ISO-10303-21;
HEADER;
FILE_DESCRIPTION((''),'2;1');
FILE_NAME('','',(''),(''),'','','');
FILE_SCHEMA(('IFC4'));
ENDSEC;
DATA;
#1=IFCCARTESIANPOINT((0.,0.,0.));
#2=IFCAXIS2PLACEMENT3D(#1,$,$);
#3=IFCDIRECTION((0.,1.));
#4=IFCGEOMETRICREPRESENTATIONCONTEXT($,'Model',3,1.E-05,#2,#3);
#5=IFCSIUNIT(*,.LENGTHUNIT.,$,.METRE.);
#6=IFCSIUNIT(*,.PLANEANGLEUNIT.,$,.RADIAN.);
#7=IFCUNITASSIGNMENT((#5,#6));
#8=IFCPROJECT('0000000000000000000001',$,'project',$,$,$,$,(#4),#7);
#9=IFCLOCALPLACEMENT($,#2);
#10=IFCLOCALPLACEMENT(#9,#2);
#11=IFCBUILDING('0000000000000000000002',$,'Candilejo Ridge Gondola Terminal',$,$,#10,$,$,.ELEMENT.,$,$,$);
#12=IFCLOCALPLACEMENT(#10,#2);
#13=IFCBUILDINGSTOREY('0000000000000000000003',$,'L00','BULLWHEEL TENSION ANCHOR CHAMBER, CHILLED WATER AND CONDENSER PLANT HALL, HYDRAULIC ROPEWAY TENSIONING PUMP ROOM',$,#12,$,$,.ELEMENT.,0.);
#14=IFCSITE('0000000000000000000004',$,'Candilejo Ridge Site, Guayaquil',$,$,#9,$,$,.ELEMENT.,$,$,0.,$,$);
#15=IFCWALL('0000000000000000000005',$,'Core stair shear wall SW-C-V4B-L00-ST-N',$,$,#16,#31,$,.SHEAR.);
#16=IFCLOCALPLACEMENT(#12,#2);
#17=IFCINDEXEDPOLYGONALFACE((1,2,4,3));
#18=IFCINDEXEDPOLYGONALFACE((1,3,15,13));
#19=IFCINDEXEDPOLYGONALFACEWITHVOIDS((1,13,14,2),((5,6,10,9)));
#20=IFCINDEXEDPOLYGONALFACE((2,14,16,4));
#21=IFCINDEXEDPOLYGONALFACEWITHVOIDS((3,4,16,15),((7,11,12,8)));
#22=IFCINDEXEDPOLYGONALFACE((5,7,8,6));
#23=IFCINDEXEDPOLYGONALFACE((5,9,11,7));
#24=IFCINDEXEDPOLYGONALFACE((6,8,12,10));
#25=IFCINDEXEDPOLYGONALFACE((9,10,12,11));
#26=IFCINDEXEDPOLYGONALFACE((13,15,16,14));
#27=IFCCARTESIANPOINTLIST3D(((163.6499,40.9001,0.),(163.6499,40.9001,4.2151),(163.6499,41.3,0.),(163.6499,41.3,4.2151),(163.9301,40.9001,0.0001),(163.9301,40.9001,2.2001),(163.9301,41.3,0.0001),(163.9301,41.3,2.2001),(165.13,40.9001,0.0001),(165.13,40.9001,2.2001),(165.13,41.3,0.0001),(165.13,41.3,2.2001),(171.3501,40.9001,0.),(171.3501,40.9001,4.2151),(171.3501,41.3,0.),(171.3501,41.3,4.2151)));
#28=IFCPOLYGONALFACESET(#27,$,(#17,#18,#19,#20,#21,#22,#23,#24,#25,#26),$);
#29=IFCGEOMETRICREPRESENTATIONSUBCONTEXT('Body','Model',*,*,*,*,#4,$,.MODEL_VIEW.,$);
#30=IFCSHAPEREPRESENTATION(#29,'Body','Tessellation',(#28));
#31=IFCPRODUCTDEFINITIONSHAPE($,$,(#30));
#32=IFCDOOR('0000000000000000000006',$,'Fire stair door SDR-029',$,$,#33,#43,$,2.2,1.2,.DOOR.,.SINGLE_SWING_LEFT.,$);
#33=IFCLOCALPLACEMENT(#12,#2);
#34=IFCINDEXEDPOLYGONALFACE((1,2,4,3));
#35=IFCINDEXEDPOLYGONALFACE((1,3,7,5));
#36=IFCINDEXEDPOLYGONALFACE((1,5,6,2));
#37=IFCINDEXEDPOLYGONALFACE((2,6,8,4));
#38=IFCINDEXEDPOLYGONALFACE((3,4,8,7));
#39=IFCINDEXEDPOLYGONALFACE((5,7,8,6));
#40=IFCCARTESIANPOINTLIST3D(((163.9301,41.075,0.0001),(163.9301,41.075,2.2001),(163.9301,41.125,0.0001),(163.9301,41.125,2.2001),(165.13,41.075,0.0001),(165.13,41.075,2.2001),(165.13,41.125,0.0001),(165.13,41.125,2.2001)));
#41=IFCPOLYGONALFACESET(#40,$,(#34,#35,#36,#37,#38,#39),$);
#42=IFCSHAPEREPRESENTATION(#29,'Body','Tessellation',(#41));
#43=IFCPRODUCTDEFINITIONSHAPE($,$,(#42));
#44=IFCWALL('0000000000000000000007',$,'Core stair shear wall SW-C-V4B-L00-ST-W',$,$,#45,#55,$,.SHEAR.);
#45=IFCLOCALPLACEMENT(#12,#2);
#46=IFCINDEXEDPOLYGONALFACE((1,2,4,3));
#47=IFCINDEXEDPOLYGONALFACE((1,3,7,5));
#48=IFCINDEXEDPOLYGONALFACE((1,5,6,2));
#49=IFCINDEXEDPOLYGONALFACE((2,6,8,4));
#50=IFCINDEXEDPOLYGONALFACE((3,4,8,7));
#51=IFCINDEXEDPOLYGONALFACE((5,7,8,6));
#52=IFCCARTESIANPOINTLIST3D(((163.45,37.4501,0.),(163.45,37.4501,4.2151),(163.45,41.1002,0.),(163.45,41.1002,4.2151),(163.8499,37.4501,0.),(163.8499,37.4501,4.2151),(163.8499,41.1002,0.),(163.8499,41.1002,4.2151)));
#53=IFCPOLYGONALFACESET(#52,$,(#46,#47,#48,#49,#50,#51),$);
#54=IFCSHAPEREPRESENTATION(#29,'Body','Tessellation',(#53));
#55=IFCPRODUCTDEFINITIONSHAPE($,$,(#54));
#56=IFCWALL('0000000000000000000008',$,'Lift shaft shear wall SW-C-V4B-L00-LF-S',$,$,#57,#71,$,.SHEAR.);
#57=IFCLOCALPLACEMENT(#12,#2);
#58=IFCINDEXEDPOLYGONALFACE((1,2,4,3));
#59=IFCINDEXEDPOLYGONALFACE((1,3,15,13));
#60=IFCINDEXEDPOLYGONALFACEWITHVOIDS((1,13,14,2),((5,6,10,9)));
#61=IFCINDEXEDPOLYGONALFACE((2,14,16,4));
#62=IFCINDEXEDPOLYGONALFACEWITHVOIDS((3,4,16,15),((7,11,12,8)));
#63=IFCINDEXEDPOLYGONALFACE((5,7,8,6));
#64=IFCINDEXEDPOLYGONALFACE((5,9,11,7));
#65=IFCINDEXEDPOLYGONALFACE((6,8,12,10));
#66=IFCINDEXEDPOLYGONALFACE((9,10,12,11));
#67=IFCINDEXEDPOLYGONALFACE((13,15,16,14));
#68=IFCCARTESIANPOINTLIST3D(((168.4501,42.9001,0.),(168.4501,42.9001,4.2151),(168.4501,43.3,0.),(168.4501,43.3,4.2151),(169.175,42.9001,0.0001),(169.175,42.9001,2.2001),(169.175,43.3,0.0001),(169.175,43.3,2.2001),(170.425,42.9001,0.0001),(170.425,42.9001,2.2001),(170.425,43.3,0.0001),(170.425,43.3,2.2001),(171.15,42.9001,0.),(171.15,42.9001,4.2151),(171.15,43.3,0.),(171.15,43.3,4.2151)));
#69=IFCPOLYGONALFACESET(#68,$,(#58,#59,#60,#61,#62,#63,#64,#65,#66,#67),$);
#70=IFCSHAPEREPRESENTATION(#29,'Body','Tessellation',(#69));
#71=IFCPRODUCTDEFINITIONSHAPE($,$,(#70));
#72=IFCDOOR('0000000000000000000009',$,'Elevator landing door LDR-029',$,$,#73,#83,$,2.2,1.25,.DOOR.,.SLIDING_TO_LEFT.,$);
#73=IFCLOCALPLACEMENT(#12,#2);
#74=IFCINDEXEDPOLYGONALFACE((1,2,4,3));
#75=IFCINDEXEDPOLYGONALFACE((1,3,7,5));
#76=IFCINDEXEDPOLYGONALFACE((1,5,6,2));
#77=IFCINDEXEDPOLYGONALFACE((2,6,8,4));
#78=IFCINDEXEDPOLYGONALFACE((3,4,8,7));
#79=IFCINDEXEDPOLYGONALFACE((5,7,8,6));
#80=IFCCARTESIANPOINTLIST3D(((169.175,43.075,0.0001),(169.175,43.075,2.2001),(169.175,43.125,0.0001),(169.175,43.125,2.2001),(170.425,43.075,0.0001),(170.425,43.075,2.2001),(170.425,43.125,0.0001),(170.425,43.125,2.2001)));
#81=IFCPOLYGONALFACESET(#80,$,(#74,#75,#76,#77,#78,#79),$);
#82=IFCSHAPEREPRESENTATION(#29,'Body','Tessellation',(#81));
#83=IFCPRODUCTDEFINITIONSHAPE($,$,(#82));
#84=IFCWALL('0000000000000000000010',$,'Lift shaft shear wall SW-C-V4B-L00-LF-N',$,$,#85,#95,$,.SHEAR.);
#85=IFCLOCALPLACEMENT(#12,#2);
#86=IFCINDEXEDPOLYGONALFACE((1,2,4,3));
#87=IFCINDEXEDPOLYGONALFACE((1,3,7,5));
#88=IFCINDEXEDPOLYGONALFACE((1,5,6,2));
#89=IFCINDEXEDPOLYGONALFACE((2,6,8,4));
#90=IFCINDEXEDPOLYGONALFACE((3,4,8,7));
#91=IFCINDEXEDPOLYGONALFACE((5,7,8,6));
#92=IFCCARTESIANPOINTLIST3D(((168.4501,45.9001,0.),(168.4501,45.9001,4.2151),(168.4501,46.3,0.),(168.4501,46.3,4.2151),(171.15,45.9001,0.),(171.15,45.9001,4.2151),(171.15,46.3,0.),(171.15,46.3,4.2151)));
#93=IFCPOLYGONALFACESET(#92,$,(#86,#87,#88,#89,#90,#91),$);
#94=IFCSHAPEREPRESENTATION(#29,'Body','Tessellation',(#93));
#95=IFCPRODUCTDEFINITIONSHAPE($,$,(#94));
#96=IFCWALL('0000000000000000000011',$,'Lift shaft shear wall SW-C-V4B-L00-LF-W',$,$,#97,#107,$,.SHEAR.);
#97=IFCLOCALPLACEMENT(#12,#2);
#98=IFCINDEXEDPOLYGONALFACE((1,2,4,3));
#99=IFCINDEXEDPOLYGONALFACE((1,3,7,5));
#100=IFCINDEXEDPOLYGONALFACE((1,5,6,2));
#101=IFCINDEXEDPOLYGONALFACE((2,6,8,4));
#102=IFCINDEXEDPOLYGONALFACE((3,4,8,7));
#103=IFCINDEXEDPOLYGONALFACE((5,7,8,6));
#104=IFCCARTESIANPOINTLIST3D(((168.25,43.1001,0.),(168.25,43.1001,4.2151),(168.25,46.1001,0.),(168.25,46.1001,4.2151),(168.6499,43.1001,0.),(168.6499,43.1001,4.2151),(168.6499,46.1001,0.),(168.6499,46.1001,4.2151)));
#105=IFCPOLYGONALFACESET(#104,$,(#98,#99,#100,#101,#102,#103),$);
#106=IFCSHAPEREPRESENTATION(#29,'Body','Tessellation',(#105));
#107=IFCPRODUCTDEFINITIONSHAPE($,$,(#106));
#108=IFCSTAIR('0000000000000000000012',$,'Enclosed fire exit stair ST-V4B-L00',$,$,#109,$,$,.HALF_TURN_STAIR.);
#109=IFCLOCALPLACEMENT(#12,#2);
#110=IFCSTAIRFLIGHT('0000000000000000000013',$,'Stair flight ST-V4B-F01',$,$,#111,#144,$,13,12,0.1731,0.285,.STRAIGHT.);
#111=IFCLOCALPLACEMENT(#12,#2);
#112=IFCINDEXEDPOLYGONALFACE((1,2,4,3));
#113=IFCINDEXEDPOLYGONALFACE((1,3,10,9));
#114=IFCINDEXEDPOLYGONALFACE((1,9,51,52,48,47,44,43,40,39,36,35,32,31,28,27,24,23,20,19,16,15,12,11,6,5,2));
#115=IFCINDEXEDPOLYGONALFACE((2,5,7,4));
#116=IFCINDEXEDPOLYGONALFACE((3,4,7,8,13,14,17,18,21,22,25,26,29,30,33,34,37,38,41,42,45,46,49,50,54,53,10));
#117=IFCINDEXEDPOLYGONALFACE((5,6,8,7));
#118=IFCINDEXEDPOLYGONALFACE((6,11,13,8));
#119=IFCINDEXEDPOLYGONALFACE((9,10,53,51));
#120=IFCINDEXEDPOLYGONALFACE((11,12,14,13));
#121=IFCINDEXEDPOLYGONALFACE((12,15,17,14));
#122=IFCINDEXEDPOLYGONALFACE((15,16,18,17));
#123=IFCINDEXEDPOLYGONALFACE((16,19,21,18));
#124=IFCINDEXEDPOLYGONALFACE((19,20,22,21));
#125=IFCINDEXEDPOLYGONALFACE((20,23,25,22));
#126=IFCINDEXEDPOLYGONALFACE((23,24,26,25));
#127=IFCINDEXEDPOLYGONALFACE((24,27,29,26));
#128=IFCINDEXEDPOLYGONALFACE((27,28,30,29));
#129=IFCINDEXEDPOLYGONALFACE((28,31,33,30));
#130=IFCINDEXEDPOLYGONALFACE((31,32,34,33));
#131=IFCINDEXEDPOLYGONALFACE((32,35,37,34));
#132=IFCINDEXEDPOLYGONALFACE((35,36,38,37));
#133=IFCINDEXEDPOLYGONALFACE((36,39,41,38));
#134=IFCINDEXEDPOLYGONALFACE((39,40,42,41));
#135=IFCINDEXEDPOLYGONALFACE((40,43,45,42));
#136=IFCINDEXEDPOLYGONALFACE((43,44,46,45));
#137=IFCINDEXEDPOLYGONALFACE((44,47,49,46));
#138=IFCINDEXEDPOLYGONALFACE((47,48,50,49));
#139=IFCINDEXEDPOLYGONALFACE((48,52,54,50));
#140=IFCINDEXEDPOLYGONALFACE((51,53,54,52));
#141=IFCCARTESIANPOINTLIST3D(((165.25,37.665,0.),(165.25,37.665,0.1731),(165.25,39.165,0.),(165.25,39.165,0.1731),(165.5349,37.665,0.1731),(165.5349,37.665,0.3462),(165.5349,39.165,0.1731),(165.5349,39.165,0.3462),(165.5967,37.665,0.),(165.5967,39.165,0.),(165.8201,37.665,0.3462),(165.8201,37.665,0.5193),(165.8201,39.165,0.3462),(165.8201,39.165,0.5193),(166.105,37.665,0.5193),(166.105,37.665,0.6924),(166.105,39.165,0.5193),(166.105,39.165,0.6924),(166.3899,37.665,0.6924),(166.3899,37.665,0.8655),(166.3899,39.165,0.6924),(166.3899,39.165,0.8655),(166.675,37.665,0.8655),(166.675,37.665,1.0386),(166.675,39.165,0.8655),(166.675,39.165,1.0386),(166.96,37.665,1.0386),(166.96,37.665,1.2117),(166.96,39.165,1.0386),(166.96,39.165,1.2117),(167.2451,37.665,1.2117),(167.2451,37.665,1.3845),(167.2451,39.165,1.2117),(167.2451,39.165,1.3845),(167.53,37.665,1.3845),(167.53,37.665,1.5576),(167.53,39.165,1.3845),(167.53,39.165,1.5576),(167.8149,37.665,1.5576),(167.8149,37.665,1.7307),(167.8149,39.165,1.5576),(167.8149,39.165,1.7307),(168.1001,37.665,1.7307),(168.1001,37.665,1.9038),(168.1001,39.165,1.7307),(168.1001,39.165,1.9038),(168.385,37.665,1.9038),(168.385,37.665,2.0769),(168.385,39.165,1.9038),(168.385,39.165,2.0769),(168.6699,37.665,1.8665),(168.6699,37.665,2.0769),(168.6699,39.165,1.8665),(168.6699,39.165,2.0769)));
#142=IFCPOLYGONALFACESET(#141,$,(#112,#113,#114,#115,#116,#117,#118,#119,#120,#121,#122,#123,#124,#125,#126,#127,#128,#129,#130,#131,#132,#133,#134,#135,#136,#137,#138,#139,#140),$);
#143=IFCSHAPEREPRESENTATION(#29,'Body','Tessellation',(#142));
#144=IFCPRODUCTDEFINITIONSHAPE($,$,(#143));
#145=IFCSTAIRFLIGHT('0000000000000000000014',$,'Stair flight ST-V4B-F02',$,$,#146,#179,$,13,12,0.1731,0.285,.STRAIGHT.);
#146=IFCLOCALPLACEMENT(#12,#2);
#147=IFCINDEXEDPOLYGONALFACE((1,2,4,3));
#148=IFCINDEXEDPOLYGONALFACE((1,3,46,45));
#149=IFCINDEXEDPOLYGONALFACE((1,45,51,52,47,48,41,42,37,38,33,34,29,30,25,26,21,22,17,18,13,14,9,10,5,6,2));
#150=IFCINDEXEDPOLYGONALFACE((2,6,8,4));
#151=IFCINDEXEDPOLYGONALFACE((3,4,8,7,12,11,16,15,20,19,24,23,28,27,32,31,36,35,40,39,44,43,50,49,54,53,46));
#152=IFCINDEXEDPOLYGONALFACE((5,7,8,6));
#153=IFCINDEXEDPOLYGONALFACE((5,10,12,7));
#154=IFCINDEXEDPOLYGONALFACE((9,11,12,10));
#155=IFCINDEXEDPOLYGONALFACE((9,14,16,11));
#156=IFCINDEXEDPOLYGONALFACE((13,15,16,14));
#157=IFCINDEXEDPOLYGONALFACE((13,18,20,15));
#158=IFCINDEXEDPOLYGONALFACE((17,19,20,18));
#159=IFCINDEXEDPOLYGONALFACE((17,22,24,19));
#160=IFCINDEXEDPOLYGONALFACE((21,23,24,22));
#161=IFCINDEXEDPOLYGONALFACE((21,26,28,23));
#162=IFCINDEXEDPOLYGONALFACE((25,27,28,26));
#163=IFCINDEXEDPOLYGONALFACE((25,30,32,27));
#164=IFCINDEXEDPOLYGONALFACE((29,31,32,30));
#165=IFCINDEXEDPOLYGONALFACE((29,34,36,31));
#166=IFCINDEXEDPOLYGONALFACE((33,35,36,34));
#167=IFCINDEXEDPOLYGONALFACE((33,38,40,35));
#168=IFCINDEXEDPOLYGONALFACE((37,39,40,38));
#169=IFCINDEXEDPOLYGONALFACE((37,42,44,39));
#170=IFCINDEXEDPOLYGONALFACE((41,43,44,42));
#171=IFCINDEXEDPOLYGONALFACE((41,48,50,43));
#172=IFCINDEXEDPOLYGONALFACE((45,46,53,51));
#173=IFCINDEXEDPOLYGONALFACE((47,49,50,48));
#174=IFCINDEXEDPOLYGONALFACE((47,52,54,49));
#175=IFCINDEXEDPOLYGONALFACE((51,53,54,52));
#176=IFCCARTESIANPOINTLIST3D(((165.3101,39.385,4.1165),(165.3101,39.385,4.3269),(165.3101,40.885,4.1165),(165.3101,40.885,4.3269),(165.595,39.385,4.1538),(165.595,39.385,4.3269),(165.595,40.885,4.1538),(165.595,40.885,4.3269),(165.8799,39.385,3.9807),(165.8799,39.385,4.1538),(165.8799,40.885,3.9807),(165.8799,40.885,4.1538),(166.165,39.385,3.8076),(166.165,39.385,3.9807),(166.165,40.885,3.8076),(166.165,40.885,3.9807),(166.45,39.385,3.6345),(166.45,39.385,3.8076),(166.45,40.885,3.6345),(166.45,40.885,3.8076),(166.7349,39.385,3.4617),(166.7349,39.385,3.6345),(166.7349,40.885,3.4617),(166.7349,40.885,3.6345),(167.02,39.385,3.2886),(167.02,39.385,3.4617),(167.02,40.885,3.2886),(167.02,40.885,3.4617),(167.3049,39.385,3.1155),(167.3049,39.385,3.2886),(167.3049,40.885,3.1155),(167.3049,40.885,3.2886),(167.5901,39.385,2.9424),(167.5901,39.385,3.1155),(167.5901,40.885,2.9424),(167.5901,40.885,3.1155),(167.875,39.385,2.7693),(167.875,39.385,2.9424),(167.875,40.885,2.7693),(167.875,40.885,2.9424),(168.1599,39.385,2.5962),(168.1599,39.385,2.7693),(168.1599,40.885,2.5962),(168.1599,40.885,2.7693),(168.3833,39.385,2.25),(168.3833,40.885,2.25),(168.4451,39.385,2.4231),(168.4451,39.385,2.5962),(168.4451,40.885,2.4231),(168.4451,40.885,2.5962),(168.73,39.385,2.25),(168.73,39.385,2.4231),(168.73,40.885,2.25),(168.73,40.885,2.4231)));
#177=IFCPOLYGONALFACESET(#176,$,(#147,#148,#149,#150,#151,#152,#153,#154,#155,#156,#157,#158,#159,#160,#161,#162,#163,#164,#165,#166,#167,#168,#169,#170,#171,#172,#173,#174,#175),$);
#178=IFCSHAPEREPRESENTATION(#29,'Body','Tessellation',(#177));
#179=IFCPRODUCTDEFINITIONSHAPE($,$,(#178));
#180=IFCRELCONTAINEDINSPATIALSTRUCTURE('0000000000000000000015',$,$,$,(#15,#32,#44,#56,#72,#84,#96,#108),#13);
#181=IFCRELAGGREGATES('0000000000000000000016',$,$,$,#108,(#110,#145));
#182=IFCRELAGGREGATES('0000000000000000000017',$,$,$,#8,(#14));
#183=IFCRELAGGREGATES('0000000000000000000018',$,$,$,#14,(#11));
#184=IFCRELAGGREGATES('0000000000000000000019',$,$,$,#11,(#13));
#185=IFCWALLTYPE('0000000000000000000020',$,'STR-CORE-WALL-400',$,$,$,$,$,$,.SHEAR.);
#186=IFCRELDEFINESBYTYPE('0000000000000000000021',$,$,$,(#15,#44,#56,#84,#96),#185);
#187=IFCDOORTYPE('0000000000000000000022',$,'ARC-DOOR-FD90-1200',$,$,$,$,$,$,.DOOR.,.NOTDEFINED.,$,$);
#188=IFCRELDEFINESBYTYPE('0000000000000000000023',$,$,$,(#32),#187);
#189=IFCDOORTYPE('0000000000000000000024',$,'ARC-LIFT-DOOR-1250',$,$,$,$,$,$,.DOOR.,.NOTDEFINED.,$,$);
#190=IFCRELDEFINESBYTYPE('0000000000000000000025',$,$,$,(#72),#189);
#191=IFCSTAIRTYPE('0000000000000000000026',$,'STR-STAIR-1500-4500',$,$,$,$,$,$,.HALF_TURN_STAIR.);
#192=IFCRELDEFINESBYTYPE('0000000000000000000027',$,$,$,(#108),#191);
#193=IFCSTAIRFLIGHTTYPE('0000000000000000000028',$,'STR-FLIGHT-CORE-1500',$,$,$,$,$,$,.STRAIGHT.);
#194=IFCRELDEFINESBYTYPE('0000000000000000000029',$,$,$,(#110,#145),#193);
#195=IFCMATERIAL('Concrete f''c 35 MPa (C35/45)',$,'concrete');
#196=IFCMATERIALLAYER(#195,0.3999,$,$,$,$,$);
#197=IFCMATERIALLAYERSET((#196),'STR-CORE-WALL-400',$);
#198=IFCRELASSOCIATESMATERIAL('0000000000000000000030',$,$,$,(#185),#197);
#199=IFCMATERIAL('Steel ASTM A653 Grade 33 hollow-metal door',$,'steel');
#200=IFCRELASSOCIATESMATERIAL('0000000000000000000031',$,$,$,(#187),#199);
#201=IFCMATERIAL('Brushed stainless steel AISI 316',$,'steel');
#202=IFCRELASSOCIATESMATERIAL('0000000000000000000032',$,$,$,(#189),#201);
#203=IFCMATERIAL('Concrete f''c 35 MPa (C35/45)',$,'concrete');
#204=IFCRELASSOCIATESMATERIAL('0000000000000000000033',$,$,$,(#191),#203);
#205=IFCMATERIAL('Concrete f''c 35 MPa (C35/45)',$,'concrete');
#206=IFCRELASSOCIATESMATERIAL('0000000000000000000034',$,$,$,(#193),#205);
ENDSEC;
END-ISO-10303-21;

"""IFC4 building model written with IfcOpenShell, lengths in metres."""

from ifc_helpers import new_model, si_unit, direction, frame, frame_2d, origin, place, context, subcontext, project, spatial, polyline, rectangle, outline, extrude, material, layer, layer_set, type_object, element, fill, aggregate, save


model = new_model("IFC4")

# Units and contexts
model_context = context("Model", 3, precision=1e-05, world=origin(), true_north=direction((0.0, 1.0)))
body_context = subcontext(model_context, "Body", "Model", "MODEL_VIEW")
ifc_project = project(units=[si_unit("LENGTHUNIT", "METRE"), si_unit("PLANEANGLEUNIT", "RADIAN")], contexts=[model_context])

# Site, building, storey
site_placement = place(None, origin())
site = spatial("IfcSite", under=ifc_project, at=site_placement, Name="Candilejo Ridge Site, Guayaquil", CompositionType="ELEMENT", RefElevation=0.0)
building_placement = place(site_placement, origin())
building = spatial("IfcBuilding", under=site, at=building_placement, Name="Candilejo Ridge Gondola Terminal", CompositionType="ELEMENT")
storey_placement = place(building_placement, origin())
storey = spatial("IfcBuildingStorey", under=building, at=storey_placement, Name="L00", Description="BULLWHEEL TENSION ANCHOR CHAMBER, CHILLED WATER AND CONDENSER PLANT HALL, HYDRAULIC ROPEWAY TENSIONING PUMP ROOM", CompositionType="ELEMENT", Elevation=0.0)

# Wall, opening, door
ifc_material_1 = material(Name="Concrete f'c 35 MPa (C35/45)", Category="concrete")
ifc_layer_1 = layer(ifc_material_1, 0.3999)
ifc_layer_set_1 = layer_set([ifc_layer_1], Name="STR-CORE-WALL-400")
wall_type_1 = type_object("IfcWallType", Name="STR-CORE-WALL-400", PredefinedType="SHEAR", material=ifc_layer_set_1)
wall_1_placement = place(storey_placement, frame((163.6499, 41.1001, 0.0), z_axis=(0.0, 0.0, 1.0), x_axis=(1.0, 0.0, 0.0)))
wall_1 = element("IfcWall", 1, at=wall_1_placement, inside=storey, type_object=wall_type_1, Name="Core stair shear wall SW-C-V4B-L00-ST-N", PredefinedType="SHEAR", context=body_context, shape_type="SweptSolid", body=[
    extrude(rectangle(XDim=7.7002, YDim=0.3999, at=frame_2d((3.8501, 0.0))), origin(), (0.0, 0.0, 1.0), 4.2151),
])
opening_1_placement = place(wall_1_placement, frame((0.28, 0.0, 0.0)))
opening_1 = element("IfcOpeningElement", 2, at=opening_1_placement, cuts=wall_1, PredefinedType="OPENING", context=body_context, shape_type="SweptSolid", body=[
    extrude(rectangle(XDim=1.2, YDim=2.2, at=frame_2d((0.6001, 1.1001))), frame((0.0, 0.21, 0.0), z_axis=(0.0, -1.0, 0.0), x_axis=(1.0, 0.0, 0.0)), (0.0, 0.0, 1.0), 0.4199),
])
ifc_material_2 = material(Name="Steel ASTM A653 Grade 33 hollow-metal door", Category="steel")
door_type_1 = type_object("IfcDoorType", Name="ARC-DOOR-FD90-1200", OperationType="NOTDEFINED", PredefinedType="DOOR", material=ifc_material_2)
door_1_placement = place(opening_1_placement, origin())
door_1 = element("IfcDoor", 3, at=door_1_placement, inside=storey, type_object=door_type_1, Name="Fire stair door SDR-029", OperationType="SINGLE_SWING_LEFT", OverallHeight=2.2, OverallWidth=1.2, PredefinedType="DOOR", context=body_context, shape_type="SweptSolid", body=[
    extrude(rectangle(XDim=1.2, YDim=2.2, at=frame_2d((0.6001, 1.1001))), frame((0.0, 0.0249, 0.0), z_axis=(0.0, -1.0, 0.0), x_axis=(1.0, 0.0, 0.0)), (0.0, 0.0, 1.0), 0.05),
])
fill(opening_1, door_1)

# Wall
wall_2_placement = place(storey_placement, frame((163.6499, 37.45, 0.0), z_axis=(0.0, 0.0, 1.0), x_axis=(0.0, 1.0, 0.0)))
element("IfcWall", 4, at=wall_2_placement, inside=storey, type_object=wall_type_1, Name="Core stair shear wall SW-C-V4B-L00-ST-W", PredefinedType="SHEAR", context=body_context, shape_type="SweptSolid", body=[
    extrude(rectangle(XDim=3.6501, YDim=0.3999, at=frame_2d((1.8252, 0.0))), origin(), (0.0, 0.0, 1.0), 4.2151),
])

# Wall, opening, door
wall_3_placement = place(storey_placement, frame((168.45, 43.1001, 0.0), z_axis=(0.0, 0.0, 1.0), x_axis=(1.0, 0.0, 0.0)))
wall_3 = element("IfcWall", 5, at=wall_3_placement, inside=storey, type_object=wall_type_1, Name="Lift shaft shear wall SW-C-V4B-L00-LF-S", PredefinedType="SHEAR", context=body_context, shape_type="SweptSolid", body=[
    extrude(rectangle(XDim=2.7, YDim=0.3999, at=frame_2d((1.3501, 0.0))), origin(), (0.0, 0.0, 1.0), 4.2151),
])
opening_2_placement = place(wall_3_placement, frame((0.7251, 0.0, 0.0)))
opening_2 = element("IfcOpeningElement", 6, at=opening_2_placement, cuts=wall_3, PredefinedType="OPENING", context=body_context, shape_type="SweptSolid", body=[
    extrude(rectangle(XDim=1.25, YDim=2.2, at=frame_2d((0.625, 1.1001))), frame((0.0, 0.21, 0.0), z_axis=(0.0, -1.0, 0.0), x_axis=(1.0, 0.0, 0.0)), (0.0, 0.0, 1.0), 0.4199),
])
ifc_material_3 = material(Name="Brushed stainless steel AISI 316", Category="steel")
door_type_2 = type_object("IfcDoorType", Name="ARC-LIFT-DOOR-1250", OperationType="NOTDEFINED", PredefinedType="DOOR", material=ifc_material_3)
door_2_placement = place(opening_2_placement, origin())
door_2 = element("IfcDoor", 7, at=door_2_placement, inside=storey, type_object=door_type_2, Name="Elevator landing door LDR-029", OperationType="SLIDING_TO_LEFT", OverallHeight=2.2, OverallWidth=1.25, PredefinedType="DOOR", context=body_context, shape_type="SweptSolid", body=[
    extrude(rectangle(XDim=1.25, YDim=2.2, at=frame_2d((0.625, 1.1001))), frame((0.0, 0.0249, 0.0), z_axis=(0.0, -1.0, 0.0), x_axis=(1.0, 0.0, 0.0)), (0.0, 0.0, 1.0), 0.05),
])
fill(opening_2, door_2)

# Walls
wall_4_placement = place(storey_placement, frame((168.45, 46.1001, 0.0), z_axis=(0.0, 0.0, 1.0), x_axis=(1.0, 0.0, 0.0)))
element("IfcWall", 8, at=wall_4_placement, inside=storey, type_object=wall_type_1, Name="Lift shaft shear wall SW-C-V4B-L00-LF-N", PredefinedType="SHEAR", context=body_context, shape_type="SweptSolid", body=[
    extrude(rectangle(XDim=2.7, YDim=0.3999, at=frame_2d((1.3501, 0.0))), origin(), (0.0, 0.0, 1.0), 4.2151),
])
wall_5_placement = place(storey_placement, frame((168.45, 43.1001, 0.0), z_axis=(0.0, 0.0, 1.0), x_axis=(0.0, 1.0, 0.0)))
element("IfcWall", 9, at=wall_5_placement, inside=storey, type_object=wall_type_1, Name="Lift shaft shear wall SW-C-V4B-L00-LF-W", PredefinedType="SHEAR", context=body_context, shape_type="SweptSolid", body=[
    extrude(rectangle(XDim=3.0, YDim=0.3999, at=frame_2d((1.5, 0.0))), origin(), (0.0, 0.0, 1.0), 4.2151),
])

# Stair, stair flights
ifc_material_4 = material(Name="Concrete f'c 35 MPa (C35/45)", Category="concrete")
stair_type = type_object("IfcStairType", Name="STR-STAIR-1500-4500", PredefinedType="HALF_TURN_STAIR", material=ifc_material_4)
stair_placement = place(storey_placement, origin())
stair = element("IfcStair", 10, at=stair_placement, inside=storey, type_object=stair_type, Name="Enclosed fire exit stair ST-V4B-L00", PredefinedType="HALF_TURN_STAIR")
ifc_material_5 = material(Name="Concrete f'c 35 MPa (C35/45)", Category="concrete")
stair_flight_type = type_object("IfcStairFlightType", Name="STR-FLIGHT-CORE-1500", PredefinedType="STRAIGHT", material=ifc_material_5)
stair_flight_1_placement = place(storey_placement, frame((165.25, 38.415, 0.0), z_axis=(0.0, 0.0, 1.0), x_axis=(1.0, 0.0, 0.0)))
stair_flight_1 = element("IfcStairFlight", 11, at=stair_flight_1_placement, type_object=stair_flight_type, Name="Stair flight ST-V4B-F01", NumberOfRisers=13, NumberOfTreads=12, PredefinedType="STRAIGHT", RiserHeight=0.1731, TreadLength=0.285, context=body_context, shape_type="SweptSolid", body=[
    extrude(outline(polyline([(0.0, 0.0), (0.0, 0.1731), (0.2849, 0.1731), (0.2849, 0.3462), (0.5701, 0.3462), (0.5701, 0.5193), (0.855, 0.5193), (0.855, 0.6924), (1.1399, 0.6924), (1.1399, 0.8655), (1.425, 0.8655), (1.425, 1.0386), (1.71, 1.0386), (1.71, 1.2117), (1.9951, 1.2117), (1.9951, 1.3845), (2.28, 1.3845), (2.28, 1.5576), (2.5649, 1.5576), (2.5649, 1.7307), (2.8501, 1.7307), (2.8501, 1.9038), (3.135, 1.9038), (3.135, 2.0769), (3.4199, 2.0769), (3.4199, 2.25), (3.4199, 1.8665), (0.3467, 0.0), (0.0, 0.0)])), frame((0.0, 0.75, 0.0), z_axis=(0.0, -1.0, 0.0), x_axis=(1.0, 0.0, 0.0)), (0.0, 0.0, 1.0), 1.5),
])
stair_flight_2_placement = place(storey_placement, frame((168.73, 40.135, 2.25), z_axis=(0.0, 0.0, 1.0), x_axis=(-1.0, 0.0, 0.0)))
stair_flight_2 = element("IfcStairFlight", 12, at=stair_flight_2_placement, type_object=stair_flight_type, Name="Stair flight ST-V4B-F02", NumberOfRisers=13, NumberOfTreads=12, PredefinedType="STRAIGHT", RiserHeight=0.1731, TreadLength=0.285, context=body_context, shape_type="SweptSolid", body=[
    extrude(outline(polyline([(0.0, 0.0), (0.0, 0.1731), (0.2849, 0.1731), (0.2849, 0.3462), (0.5701, 0.3462), (0.5701, 0.5193), (0.855, 0.5193), (0.855, 0.6924), (1.1399, 0.6924), (1.1399, 0.8655), (1.425, 0.8655), (1.425, 1.0386), (1.71, 1.0386), (1.71, 1.2117), (1.9951, 1.2117), (1.9951, 1.3845), (2.28, 1.3845), (2.28, 1.5576), (2.5649, 1.5576), (2.5649, 1.7307), (2.8501, 1.7307), (2.8501, 1.9038), (3.135, 1.9038), (3.135, 2.0769), (3.4199, 2.0769), (3.4199, 2.25), (3.4199, 1.8665), (0.3467, 0.0), (0.0, 0.0)])), frame((0.0, 0.75, 0.0), z_axis=(0.0, -1.0, 0.0), x_axis=(1.0, 0.0, 0.0)), (0.0, 0.0, 1.0), 1.5),
])
aggregate(stair, [stair_flight_1, stair_flight_2])

save(model, "model.ifc")
